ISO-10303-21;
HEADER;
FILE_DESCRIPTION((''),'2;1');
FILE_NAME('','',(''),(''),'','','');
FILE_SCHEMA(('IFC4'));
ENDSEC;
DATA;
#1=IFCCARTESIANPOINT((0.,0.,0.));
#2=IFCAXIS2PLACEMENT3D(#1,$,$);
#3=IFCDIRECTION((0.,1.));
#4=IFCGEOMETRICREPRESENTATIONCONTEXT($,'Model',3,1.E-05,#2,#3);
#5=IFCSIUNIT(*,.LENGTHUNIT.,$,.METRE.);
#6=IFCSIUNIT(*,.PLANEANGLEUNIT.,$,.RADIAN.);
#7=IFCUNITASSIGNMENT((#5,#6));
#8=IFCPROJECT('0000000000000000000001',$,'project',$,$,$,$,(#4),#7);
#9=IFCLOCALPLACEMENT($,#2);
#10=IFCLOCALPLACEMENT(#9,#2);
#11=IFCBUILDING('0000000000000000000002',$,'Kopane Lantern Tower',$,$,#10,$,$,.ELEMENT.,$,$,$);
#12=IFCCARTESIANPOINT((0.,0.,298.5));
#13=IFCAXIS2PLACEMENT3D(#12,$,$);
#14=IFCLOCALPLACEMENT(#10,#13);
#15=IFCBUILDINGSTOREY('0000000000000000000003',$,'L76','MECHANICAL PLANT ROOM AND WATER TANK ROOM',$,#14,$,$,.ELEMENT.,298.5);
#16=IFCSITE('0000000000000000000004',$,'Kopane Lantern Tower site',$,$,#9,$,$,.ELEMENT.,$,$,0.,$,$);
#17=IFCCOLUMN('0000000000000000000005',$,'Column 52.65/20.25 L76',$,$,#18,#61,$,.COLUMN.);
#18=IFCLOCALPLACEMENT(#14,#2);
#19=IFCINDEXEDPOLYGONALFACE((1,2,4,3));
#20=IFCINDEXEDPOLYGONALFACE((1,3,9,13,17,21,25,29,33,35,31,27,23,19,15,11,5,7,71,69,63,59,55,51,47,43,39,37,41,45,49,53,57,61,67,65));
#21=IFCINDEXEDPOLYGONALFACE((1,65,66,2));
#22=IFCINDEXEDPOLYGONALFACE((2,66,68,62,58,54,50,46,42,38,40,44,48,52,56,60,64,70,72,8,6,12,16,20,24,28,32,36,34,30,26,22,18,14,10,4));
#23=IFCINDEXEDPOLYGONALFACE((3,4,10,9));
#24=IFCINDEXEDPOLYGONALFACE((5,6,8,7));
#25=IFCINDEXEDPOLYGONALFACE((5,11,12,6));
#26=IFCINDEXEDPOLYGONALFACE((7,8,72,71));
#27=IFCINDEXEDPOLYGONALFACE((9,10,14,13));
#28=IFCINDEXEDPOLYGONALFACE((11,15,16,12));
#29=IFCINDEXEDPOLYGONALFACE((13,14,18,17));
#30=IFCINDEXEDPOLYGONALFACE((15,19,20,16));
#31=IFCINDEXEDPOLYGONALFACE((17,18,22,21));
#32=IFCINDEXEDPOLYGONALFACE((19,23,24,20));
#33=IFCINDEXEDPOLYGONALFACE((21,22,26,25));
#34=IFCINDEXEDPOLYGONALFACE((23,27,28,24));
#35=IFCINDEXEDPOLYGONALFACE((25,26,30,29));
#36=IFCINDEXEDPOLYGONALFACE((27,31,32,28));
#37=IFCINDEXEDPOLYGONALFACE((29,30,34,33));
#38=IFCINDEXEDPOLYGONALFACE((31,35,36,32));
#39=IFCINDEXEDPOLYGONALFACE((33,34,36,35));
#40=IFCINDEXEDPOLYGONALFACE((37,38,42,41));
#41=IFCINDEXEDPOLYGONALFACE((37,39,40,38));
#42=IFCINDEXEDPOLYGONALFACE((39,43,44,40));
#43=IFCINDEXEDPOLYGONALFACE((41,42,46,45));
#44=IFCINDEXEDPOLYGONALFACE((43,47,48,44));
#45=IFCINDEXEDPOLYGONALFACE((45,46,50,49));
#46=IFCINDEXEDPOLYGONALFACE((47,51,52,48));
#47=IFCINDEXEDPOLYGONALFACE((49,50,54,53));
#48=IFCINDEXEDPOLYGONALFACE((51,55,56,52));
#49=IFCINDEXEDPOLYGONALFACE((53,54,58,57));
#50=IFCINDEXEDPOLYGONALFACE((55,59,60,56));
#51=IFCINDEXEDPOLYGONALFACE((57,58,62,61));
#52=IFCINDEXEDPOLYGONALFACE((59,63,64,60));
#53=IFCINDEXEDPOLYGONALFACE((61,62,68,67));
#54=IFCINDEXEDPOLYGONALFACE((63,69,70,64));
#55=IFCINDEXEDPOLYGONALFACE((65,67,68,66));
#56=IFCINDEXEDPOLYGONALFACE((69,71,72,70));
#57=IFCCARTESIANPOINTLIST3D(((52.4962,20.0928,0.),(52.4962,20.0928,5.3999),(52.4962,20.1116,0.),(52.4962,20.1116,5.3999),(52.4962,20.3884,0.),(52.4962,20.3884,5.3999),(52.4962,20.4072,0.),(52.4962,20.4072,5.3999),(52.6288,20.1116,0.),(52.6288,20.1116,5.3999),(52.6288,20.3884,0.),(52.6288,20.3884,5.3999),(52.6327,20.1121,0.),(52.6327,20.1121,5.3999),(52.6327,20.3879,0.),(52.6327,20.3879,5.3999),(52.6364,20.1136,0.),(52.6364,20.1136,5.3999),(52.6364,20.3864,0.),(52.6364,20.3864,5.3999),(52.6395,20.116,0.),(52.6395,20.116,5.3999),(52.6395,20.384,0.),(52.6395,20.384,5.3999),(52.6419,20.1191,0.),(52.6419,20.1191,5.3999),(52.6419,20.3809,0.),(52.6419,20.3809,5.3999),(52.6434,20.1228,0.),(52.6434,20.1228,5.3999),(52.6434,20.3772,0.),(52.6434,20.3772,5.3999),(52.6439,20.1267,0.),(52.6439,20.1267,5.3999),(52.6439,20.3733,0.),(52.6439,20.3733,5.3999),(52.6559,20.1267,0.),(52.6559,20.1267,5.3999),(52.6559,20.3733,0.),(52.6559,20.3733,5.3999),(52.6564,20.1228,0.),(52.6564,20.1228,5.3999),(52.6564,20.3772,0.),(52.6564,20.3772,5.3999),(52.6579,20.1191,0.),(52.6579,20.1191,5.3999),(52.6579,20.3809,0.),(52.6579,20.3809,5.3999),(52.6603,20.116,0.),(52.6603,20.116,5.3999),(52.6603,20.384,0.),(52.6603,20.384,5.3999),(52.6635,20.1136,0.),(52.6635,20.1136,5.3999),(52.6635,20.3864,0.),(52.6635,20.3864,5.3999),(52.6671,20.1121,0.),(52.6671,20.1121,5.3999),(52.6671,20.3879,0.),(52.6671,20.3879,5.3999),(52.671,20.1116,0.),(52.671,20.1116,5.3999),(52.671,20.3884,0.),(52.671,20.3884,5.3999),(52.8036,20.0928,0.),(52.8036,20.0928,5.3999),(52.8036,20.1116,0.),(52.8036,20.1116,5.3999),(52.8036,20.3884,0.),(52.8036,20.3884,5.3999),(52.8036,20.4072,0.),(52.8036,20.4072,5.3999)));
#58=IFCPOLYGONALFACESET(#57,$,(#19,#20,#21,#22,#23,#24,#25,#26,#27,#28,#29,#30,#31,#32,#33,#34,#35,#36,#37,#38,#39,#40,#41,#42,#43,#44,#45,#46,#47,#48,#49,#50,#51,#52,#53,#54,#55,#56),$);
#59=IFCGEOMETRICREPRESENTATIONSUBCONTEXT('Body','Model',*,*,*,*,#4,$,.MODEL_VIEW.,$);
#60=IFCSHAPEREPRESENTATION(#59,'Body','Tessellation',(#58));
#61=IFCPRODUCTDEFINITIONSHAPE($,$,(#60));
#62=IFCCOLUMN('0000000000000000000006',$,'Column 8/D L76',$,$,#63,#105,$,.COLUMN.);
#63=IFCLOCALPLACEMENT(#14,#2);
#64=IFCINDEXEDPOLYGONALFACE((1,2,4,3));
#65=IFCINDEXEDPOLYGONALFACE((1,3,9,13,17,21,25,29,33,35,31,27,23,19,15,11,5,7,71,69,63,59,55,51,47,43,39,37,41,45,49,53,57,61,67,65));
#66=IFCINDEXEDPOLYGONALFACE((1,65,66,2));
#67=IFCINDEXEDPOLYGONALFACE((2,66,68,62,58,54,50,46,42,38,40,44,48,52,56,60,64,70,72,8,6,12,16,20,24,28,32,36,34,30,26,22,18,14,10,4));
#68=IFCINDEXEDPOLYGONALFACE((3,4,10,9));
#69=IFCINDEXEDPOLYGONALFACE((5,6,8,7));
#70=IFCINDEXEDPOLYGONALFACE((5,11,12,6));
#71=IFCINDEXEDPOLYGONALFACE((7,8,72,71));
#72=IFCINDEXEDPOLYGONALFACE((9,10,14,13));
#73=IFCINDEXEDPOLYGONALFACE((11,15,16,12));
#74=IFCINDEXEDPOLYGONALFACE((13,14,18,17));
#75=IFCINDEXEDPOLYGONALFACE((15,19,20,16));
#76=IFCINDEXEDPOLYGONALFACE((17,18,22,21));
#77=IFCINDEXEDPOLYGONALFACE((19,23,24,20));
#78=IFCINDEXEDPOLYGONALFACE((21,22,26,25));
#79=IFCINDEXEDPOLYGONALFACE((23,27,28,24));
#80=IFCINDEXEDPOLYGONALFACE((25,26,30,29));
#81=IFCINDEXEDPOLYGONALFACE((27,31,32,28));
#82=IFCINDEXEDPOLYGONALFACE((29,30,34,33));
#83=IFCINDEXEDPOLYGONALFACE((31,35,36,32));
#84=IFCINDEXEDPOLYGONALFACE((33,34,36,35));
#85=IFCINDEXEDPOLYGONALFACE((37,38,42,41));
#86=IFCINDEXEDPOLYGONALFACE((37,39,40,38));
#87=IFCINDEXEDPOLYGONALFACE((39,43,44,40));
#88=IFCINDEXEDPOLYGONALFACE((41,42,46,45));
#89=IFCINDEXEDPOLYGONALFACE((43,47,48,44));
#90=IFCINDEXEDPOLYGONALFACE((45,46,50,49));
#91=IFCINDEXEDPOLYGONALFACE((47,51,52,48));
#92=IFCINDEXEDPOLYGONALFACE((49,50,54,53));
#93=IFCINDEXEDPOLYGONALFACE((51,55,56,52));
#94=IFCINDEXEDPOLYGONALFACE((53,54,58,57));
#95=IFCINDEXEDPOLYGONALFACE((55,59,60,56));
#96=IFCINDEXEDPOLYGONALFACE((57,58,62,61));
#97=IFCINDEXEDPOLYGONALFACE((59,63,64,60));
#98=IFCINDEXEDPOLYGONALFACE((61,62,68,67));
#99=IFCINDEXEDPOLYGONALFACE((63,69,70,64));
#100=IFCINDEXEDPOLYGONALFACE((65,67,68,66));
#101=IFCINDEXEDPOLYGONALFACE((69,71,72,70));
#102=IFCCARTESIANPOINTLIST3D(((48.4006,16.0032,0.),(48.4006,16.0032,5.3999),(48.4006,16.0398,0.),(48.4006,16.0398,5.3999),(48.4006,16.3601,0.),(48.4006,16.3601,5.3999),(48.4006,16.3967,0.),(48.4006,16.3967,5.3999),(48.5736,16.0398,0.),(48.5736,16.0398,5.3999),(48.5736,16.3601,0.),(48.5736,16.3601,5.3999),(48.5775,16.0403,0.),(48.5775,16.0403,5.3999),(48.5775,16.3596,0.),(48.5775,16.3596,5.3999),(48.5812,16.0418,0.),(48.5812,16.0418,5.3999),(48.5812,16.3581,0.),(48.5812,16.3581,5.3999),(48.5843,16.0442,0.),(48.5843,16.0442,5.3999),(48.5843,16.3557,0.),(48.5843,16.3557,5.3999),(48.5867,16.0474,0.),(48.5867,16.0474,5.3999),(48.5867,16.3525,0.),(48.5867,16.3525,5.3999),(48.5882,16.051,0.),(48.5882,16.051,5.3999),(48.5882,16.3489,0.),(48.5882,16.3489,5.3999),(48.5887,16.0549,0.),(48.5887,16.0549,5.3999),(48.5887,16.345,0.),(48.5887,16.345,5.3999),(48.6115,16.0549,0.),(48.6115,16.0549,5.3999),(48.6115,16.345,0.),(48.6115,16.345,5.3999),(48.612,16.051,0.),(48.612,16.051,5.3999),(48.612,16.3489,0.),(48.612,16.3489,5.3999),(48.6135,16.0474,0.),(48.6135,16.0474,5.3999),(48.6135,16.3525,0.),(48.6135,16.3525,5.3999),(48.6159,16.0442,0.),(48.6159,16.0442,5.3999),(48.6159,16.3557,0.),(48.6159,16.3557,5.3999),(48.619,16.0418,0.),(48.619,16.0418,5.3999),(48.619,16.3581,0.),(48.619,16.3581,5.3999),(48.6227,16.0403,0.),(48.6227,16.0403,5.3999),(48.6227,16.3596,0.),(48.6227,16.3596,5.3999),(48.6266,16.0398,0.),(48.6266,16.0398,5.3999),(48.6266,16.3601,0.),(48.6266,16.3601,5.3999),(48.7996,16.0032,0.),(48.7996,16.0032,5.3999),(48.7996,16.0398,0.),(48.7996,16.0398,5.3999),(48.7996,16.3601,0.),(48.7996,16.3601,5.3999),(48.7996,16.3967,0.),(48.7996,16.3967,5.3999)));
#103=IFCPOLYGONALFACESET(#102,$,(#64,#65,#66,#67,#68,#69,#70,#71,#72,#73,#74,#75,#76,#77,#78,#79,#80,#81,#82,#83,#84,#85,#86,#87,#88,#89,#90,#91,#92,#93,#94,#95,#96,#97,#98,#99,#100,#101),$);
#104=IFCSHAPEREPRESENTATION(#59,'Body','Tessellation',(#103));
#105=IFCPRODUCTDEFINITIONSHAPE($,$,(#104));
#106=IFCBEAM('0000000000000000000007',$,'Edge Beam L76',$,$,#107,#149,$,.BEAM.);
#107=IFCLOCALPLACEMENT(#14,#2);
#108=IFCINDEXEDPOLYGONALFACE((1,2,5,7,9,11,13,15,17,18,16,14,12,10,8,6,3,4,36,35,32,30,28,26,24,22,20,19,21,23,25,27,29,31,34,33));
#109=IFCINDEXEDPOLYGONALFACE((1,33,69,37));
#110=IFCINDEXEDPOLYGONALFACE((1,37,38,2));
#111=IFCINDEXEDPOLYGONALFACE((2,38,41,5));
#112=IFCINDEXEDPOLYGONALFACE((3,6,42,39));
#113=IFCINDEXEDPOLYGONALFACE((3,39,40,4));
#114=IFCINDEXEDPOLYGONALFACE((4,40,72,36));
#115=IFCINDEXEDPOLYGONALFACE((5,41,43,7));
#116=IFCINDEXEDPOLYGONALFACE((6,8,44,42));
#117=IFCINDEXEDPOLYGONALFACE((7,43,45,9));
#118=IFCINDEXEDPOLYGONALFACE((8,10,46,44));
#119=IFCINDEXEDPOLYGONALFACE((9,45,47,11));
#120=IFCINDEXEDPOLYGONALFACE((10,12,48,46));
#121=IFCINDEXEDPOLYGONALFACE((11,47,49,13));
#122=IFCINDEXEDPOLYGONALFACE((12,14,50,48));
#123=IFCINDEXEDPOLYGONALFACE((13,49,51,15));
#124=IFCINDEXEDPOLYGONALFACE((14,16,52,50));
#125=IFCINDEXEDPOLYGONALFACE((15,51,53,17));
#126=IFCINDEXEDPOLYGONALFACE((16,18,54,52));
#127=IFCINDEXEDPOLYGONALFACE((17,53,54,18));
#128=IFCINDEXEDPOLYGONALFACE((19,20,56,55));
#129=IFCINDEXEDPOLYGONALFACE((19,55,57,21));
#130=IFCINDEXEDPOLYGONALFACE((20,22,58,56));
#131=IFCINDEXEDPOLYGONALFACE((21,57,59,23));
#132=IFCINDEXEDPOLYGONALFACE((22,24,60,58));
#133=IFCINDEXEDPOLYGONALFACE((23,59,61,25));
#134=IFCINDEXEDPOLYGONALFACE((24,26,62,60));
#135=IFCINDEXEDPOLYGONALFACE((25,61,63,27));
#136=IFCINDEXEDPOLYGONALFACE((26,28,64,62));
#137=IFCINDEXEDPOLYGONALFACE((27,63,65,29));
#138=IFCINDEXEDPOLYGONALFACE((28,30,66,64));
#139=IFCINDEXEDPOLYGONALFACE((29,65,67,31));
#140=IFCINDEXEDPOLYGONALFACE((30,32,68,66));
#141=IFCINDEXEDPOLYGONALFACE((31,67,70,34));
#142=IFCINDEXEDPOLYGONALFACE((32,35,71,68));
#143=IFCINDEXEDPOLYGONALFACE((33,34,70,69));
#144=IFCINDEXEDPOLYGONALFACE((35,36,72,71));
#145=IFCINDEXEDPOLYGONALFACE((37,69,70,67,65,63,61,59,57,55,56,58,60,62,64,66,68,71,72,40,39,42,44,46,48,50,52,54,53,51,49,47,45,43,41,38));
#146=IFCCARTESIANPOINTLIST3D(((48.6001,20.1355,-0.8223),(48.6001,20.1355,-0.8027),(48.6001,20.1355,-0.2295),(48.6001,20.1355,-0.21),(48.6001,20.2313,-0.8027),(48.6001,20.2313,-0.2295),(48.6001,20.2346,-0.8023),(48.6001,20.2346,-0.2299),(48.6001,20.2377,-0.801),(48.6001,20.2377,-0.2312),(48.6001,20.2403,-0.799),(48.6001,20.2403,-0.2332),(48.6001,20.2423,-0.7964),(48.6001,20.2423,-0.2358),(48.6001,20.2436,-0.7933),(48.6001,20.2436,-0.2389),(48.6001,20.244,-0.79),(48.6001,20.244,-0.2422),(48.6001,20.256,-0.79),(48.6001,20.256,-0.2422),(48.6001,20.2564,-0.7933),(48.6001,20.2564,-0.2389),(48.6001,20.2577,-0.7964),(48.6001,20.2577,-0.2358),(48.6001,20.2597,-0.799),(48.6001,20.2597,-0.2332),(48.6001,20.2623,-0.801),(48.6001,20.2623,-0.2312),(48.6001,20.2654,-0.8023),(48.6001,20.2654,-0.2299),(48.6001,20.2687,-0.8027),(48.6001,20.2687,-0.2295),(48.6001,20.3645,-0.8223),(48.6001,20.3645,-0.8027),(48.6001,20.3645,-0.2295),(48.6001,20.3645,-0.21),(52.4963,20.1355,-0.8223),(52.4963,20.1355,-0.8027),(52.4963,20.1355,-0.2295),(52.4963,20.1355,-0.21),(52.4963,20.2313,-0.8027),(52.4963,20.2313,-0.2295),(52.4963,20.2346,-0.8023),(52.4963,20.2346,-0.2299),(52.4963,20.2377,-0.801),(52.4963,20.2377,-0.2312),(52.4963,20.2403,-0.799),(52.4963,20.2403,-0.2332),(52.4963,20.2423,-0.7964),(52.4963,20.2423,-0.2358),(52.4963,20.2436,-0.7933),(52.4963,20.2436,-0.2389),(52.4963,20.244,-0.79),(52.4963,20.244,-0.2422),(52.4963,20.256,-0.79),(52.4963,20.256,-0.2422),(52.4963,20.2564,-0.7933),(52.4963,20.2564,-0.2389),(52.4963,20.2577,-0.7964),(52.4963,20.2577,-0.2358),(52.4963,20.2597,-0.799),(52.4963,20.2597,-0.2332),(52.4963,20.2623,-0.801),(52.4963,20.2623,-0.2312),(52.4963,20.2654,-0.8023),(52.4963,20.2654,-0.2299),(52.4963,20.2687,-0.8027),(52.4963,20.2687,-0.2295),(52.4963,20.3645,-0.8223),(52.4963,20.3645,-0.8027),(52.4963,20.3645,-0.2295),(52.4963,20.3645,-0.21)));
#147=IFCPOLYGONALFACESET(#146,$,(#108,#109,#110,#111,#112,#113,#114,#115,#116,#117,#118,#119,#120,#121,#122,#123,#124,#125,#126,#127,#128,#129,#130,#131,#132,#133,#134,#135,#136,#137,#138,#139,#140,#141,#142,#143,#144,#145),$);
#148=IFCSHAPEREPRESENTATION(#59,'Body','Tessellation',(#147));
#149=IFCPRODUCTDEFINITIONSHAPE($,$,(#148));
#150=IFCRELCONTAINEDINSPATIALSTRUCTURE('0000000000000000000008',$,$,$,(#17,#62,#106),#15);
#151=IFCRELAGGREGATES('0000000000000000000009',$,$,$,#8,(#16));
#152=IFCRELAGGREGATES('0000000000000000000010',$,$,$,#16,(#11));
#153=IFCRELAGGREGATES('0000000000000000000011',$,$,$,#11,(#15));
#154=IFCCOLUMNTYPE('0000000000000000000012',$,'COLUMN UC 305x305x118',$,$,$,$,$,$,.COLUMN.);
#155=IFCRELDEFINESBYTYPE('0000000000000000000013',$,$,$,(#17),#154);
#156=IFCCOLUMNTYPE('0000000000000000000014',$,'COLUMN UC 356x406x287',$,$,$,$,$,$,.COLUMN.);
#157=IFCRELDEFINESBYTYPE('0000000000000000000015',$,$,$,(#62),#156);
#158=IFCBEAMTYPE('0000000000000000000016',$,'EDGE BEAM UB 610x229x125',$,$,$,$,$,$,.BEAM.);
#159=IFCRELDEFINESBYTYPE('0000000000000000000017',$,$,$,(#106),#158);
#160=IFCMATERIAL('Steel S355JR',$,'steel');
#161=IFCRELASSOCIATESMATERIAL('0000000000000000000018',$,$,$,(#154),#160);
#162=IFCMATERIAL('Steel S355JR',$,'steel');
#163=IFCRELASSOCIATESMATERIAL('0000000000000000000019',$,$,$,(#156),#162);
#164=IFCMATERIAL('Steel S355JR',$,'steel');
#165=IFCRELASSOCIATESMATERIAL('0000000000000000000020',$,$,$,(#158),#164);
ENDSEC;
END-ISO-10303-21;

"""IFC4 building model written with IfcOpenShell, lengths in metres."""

from ifc_helpers import new_model, si_unit, direction, frame, origin, origin_2d, place, context, subcontext, project, spatial, i_section, extrude, material, material_profile, profile_set, type_object, element, save


model = new_model("IFC4")

# Units and contexts
model_context = context("Model", 3, precision=1e-05, world=origin(), true_north=direction((0.0, 1.0)))
body_context = subcontext(model_context, "Body", "Model", "MODEL_VIEW")
ifc_project = project(units=[si_unit("LENGTHUNIT", "METRE"), si_unit("PLANEANGLEUNIT", "RADIAN")], contexts=[model_context])

# Site, building, storey
site_placement = place(None, origin())
site = spatial("IfcSite", under=ifc_project, at=site_placement, Name="Kopane Lantern Tower site", CompositionType="ELEMENT", RefElevation=0.0)
building_placement = place(site_placement, origin())
building = spatial("IfcBuilding", under=site, at=building_placement, Name="Kopane Lantern Tower", CompositionType="ELEMENT")
storey_placement = place(building_placement, frame((0.0, 0.0, 298.5)))
storey = spatial("IfcBuildingStorey", under=building, at=storey_placement, Name="L76", Description="MECHANICAL PLANT ROOM AND WATER TANK ROOM", CompositionType="ELEMENT", Elevation=298.5)

# Columns
ifc_material_1 = material(Name="Steel S355JR", Category="steel")
ifc_material_profile_1 = material_profile(ifc_material_1, i_section(OverallWidth=0.3074, OverallDepth=0.3145, WebThickness=0.012, FlangeThickness=0.0188, FilletRadius=0.0151, at=origin_2d()), Name="UC 305x305x118")
ifc_profile_set_1 = profile_set([ifc_material_profile_1], Name="Steel S355JR")
column_type_1 = type_object("IfcColumnType", Name="COLUMN UC 305x305x118", PredefinedType="COLUMN", material=ifc_profile_set_1)
column_1_placement = place(storey_placement, frame((52.6499, 20.25, 0.0), z_axis=(0.0, 0.0, 1.0), x_axis=(1.0, 0.0, 0.0)))
element("IfcColumn", 1, at=column_1_placement, inside=storey, type_object=column_type_1, Name="Column 52.65/20.25 L76", PredefinedType="COLUMN", context=body_context, shape_type="SweptSolid", body=[
    extrude(i_section(OverallWidth=0.3074, OverallDepth=0.3145, WebThickness=0.012, FlangeThickness=0.0188, FilletRadius=0.0151, at=origin_2d()), origin(), (0.0, 0.0, 1.0), 5.3999),
])
ifc_material_2 = material(Name="Steel S355JR", Category="steel")
ifc_material_profile_2 = material_profile(ifc_material_2, i_section(OverallWidth=0.3989, OverallDepth=0.3936, WebThickness=0.0227, FlangeThickness=0.0366, FilletRadius=0.0151, at=origin_2d()), Name="UC 356x406x287")
ifc_profile_set_2 = profile_set([ifc_material_profile_2], Name="Steel S355JR")
column_type_2 = type_object("IfcColumnType", Name="COLUMN UC 356x406x287", PredefinedType="COLUMN", material=ifc_profile_set_2)
column_2_placement = place(storey_placement, frame((48.6001, 16.2, 0.0), z_axis=(0.0, 0.0, 1.0), x_axis=(1.0, 0.0, 0.0)))
element("IfcColumn", 2, at=column_2_placement, inside=storey, type_object=column_type_2, Name="Column 8/D L76", PredefinedType="COLUMN", context=body_context, shape_type="SweptSolid", body=[
    extrude(i_section(OverallWidth=0.3989, OverallDepth=0.3936, WebThickness=0.0227, FlangeThickness=0.0366, FilletRadius=0.0151, at=origin_2d()), origin(), (0.0, 0.0, 1.0), 5.3999),
])

# Beam
ifc_material_3 = material(Name="Steel S355JR", Category="steel")
ifc_material_profile_3 = material_profile(ifc_material_3, i_section(OverallWidth=0.229, OverallDepth=0.6123, WebThickness=0.012, FlangeThickness=0.0195, FilletRadius=0.0127, at=origin_2d()), Name="UB 610x229x125")
ifc_profile_set_3 = profile_set([ifc_material_profile_3], Name="Steel S355JR")
beam_type_1 = type_object("IfcBeamType", Name="EDGE BEAM UB 610x229x125", PredefinedType="BEAM", material=ifc_profile_set_3)
beam_1_placement = place(storey_placement, frame((52.4963, 20.25, -0.5161), z_axis=(-1.0, 0.0, 0.0), x_axis=(0.0, -1.0, 0.0)))
element("IfcBeam", 3, at=beam_1_placement, inside=storey, type_object=beam_type_1, Name="Edge Beam L76", PredefinedType="BEAM", context=body_context, shape_type="SweptSolid", body=[
    extrude(i_section(OverallWidth=0.229, OverallDepth=0.6123, WebThickness=0.012, FlangeThickness=0.0195, FilletRadius=0.0127, at=origin_2d()), origin(), (0.0, 0.0, 1.0), 3.8962),
])

save(model, "model.ifc")
